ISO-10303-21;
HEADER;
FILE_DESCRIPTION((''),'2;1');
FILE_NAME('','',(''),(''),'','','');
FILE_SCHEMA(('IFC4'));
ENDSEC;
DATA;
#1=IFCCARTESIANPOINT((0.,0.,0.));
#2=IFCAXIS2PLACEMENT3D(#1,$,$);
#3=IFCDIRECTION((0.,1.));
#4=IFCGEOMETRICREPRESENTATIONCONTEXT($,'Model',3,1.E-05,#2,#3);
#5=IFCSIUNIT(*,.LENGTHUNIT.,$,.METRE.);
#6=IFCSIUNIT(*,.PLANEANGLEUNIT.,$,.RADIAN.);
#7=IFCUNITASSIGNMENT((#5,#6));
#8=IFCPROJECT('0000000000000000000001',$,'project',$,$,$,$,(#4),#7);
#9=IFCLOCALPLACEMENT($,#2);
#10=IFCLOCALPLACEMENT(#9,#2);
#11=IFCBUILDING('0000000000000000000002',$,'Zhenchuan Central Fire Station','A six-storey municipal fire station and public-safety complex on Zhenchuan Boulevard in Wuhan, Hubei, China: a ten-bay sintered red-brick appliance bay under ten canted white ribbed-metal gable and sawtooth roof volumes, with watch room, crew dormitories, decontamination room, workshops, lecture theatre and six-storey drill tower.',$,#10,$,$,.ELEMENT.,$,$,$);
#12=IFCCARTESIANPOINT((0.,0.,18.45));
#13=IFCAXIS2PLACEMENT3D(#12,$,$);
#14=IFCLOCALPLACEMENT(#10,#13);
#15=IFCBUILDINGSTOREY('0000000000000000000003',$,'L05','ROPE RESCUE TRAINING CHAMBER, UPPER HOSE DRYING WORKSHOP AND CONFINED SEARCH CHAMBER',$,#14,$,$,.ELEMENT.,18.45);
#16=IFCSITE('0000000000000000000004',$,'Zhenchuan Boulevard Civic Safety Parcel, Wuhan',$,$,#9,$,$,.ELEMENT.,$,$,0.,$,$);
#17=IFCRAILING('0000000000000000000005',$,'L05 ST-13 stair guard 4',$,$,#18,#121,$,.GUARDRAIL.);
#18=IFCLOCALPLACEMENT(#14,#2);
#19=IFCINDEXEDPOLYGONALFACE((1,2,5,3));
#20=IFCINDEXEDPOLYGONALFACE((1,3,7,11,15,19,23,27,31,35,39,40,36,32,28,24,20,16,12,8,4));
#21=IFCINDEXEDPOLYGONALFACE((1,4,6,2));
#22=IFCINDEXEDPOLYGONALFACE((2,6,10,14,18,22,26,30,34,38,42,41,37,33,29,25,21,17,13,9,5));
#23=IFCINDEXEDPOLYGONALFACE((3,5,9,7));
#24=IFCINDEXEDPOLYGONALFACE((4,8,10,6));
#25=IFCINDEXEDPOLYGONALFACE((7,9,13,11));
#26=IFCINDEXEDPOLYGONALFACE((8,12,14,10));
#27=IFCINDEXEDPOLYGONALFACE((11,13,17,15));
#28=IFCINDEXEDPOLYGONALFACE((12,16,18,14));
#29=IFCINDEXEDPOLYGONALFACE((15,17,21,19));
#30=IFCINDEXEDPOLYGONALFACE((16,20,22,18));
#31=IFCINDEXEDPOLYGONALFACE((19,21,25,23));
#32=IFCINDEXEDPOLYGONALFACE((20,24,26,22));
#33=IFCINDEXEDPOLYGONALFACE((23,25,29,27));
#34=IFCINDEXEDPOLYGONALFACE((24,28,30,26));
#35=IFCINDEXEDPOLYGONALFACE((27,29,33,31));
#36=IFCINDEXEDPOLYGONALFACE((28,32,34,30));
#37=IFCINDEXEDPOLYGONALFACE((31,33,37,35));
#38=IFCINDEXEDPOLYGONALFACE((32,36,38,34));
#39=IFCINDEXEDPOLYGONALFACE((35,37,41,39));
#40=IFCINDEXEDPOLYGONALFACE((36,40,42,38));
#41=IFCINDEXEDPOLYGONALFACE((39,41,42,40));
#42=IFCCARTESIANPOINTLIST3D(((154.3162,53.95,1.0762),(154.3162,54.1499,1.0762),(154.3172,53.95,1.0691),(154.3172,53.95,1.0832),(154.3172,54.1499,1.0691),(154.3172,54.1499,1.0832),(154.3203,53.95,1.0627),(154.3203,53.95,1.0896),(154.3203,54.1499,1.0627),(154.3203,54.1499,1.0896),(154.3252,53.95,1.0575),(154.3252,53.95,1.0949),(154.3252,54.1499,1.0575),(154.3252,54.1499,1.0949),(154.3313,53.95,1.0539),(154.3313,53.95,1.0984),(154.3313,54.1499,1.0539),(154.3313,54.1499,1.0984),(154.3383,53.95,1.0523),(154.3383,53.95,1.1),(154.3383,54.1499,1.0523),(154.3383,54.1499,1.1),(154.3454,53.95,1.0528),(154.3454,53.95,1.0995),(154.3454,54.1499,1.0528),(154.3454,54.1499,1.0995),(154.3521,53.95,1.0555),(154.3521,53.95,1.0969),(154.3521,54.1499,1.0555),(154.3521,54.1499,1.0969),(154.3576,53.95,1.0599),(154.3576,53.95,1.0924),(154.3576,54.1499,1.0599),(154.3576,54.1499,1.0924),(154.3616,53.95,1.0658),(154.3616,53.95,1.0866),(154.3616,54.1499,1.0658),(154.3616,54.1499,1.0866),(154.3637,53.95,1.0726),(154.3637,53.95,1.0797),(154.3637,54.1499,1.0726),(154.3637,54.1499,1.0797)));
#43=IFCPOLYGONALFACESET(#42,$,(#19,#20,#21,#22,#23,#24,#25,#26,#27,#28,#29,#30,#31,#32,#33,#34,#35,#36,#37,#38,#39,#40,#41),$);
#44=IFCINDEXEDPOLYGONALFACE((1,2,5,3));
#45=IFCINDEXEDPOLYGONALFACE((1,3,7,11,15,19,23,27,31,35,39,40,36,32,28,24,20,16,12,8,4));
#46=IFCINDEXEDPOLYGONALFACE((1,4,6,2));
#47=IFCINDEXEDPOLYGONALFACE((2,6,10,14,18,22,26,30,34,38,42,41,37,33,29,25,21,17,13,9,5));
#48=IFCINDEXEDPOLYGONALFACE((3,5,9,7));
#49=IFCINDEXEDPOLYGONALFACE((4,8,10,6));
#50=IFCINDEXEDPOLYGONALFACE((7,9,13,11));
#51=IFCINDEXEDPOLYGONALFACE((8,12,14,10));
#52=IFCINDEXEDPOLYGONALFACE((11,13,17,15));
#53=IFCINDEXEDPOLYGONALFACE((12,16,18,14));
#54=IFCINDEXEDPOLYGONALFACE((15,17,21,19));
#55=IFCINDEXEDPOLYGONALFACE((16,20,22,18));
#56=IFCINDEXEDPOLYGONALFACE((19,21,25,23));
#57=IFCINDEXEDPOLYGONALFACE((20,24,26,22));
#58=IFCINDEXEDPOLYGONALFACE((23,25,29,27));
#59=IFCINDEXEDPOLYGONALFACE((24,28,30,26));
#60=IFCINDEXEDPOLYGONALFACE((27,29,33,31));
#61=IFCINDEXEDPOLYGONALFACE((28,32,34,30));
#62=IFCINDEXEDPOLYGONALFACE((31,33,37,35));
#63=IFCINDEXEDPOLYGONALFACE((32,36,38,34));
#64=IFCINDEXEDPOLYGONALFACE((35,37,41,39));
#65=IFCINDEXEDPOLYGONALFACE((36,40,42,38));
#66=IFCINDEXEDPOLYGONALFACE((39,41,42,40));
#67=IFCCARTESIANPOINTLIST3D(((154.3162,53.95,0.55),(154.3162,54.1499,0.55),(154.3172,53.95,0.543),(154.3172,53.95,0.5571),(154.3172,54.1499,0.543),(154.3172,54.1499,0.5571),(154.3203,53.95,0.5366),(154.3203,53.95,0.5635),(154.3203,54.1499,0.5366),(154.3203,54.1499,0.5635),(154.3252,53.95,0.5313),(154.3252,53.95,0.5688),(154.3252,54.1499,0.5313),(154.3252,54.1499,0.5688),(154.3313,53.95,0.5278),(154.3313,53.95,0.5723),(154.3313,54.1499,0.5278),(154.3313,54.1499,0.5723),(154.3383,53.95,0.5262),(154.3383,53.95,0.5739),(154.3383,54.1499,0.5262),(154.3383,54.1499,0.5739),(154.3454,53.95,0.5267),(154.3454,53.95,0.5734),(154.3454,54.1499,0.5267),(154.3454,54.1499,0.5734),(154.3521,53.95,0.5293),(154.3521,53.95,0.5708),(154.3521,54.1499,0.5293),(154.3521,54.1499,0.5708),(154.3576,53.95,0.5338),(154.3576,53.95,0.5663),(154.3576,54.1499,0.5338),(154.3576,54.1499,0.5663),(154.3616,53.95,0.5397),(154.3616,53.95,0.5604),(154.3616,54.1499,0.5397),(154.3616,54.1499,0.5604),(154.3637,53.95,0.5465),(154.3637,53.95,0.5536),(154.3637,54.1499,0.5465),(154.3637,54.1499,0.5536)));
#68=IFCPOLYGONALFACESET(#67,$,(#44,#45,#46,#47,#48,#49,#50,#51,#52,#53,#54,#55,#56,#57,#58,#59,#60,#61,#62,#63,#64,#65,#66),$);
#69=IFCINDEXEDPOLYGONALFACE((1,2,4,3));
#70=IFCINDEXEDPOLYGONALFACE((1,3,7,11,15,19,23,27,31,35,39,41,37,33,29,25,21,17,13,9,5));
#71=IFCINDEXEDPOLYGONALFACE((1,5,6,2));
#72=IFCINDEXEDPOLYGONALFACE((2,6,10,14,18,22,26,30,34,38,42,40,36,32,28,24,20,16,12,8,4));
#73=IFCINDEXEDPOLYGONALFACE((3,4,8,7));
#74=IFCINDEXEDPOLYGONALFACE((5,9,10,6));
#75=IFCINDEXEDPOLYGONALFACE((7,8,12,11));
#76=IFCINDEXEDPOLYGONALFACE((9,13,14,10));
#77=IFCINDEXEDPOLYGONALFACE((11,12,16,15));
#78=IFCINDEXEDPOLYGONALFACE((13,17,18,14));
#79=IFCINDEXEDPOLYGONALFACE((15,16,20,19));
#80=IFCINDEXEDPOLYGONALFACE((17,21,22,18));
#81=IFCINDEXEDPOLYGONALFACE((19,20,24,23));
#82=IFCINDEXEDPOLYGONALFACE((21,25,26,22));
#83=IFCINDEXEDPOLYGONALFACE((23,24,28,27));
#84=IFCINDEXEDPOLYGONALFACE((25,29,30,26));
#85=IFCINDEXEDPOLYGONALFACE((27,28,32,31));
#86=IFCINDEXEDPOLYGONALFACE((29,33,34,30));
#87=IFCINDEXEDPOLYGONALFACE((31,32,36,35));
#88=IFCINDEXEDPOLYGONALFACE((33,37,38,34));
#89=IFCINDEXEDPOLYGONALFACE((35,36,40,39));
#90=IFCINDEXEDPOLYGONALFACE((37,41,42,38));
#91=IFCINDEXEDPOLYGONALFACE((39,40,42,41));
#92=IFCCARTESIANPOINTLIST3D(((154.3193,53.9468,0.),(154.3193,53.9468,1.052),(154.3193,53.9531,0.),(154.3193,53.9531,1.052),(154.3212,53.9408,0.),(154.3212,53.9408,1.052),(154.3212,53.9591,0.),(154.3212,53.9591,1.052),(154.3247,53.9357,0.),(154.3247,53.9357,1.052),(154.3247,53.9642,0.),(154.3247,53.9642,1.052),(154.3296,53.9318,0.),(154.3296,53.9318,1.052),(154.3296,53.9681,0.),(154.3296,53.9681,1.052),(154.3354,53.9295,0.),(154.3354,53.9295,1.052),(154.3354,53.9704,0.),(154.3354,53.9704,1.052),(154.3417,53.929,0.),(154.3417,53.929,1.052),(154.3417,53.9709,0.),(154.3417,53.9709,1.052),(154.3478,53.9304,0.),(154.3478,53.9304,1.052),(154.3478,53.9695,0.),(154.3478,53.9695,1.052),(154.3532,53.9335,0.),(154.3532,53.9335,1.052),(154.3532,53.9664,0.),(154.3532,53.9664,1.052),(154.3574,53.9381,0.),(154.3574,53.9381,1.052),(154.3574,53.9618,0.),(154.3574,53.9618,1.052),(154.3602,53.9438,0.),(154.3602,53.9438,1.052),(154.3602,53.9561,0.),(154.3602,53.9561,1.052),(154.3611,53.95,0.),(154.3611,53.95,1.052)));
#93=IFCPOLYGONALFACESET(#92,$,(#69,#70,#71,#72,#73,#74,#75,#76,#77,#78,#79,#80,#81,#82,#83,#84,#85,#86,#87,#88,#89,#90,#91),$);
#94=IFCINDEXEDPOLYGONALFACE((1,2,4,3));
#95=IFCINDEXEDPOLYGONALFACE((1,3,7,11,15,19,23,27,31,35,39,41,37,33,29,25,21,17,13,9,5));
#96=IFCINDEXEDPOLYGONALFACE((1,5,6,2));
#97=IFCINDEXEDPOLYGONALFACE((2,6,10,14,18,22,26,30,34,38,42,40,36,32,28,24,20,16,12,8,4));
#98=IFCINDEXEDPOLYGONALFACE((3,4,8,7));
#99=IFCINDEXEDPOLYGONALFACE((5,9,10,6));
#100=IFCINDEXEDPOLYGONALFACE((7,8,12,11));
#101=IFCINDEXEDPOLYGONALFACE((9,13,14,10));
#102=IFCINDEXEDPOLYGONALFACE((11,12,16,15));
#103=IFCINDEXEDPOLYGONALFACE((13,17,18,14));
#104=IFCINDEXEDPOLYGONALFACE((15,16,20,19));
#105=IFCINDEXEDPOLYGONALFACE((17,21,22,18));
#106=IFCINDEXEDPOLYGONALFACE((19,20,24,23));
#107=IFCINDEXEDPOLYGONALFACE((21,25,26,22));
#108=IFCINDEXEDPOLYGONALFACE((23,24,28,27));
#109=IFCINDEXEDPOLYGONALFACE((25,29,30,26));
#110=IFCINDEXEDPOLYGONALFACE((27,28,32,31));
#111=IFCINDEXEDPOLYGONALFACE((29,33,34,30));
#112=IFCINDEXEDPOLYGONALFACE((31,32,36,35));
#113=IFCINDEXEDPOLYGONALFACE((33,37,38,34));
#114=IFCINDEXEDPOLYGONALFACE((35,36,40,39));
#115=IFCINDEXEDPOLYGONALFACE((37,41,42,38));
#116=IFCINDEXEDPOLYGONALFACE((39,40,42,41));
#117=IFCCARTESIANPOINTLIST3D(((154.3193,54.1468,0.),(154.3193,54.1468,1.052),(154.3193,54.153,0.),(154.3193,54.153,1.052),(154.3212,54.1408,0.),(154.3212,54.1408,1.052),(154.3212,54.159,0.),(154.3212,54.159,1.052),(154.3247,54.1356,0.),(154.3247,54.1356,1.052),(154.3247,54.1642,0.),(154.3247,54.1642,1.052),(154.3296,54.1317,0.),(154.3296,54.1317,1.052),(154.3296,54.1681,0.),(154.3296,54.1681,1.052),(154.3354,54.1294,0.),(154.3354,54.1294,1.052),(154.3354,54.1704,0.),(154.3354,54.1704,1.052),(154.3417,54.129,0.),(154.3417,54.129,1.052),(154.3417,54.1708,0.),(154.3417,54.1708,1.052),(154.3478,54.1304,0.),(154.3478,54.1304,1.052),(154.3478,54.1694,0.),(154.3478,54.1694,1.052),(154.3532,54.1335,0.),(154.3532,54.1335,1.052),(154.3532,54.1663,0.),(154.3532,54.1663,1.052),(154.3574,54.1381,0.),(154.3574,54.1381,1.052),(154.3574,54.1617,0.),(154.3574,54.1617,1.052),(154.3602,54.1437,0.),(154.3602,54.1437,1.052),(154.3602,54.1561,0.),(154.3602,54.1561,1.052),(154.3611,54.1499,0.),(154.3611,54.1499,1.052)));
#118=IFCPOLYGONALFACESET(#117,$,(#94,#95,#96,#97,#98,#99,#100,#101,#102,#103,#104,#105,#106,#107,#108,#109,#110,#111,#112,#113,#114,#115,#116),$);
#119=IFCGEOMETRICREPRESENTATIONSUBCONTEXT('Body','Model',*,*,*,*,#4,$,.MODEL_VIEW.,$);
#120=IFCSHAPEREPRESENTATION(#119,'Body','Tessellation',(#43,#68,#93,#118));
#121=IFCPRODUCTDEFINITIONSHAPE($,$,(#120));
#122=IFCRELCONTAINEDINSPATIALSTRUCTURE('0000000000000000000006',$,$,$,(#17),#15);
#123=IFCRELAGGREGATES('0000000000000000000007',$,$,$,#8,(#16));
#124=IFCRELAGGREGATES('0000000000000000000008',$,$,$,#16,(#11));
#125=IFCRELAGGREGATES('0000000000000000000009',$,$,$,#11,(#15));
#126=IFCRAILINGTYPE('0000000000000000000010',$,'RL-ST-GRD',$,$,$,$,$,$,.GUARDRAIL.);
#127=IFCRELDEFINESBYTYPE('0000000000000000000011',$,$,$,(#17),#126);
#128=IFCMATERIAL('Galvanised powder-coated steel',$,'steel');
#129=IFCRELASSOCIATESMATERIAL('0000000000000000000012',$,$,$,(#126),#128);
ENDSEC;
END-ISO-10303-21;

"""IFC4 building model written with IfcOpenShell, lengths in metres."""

from ifc_helpers import new_model, si_unit, direction, frame, origin, origin_2d, place, context, subcontext, project, spatial, circle, extrude, material, type_object, element, save


model = new_model("IFC4")

# Units and contexts
model_context = context("Model", 3, precision=1e-05, world=origin(), true_north=direction((0.0, 1.0)))
body_context = subcontext(model_context, "Body", "Model", "MODEL_VIEW")
ifc_project = project(units=[si_unit("LENGTHUNIT", "METRE"), si_unit("PLANEANGLEUNIT", "RADIAN")], contexts=[model_context])

# Site, building, storey
site_placement = place(None, origin())
site = spatial("IfcSite", under=ifc_project, at=site_placement, Name="Zhenchuan Boulevard Civic Safety Parcel, Wuhan", CompositionType="ELEMENT", RefElevation=0.0)
building_placement = place(site_placement, origin())
building = spatial("IfcBuilding", under=site, at=building_placement, Name="Zhenchuan Central Fire Station", Description="A six-storey municipal fire station and public-safety complex on Zhenchuan Boulevard in Wuhan, Hubei, China: a ten-bay sintered red-brick appliance bay under ten canted white ribbed-metal gable and sawtooth roof volumes, with watch room, crew dormitories, decontamination room, workshops, lecture theatre and six-storey drill tower.", CompositionType="ELEMENT")
storey_placement = place(building_placement, frame((0.0, 0.0, 18.45)))
storey = spatial("IfcBuildingStorey", under=building, at=storey_placement, Name="L05", Description="ROPE RESCUE TRAINING CHAMBER, UPPER HOSE DRYING WORKSHOP AND CONFINED SEARCH CHAMBER", CompositionType="ELEMENT", Elevation=18.45)

# Railing
ifc_material_1 = material(Name="Galvanised powder-coated steel", Category="steel")
railing_type_1 = type_object("IfcRailingType", Name="RL-ST-GRD", PredefinedType="GUARDRAIL", material=ifc_material_1)
railing_1_placement = place(storey_placement, frame((154.3401, 53.95, 0.0)))
element("IfcRailing", 1, at=railing_1_placement, inside=storey, type_object=railing_type_1, Name="L05 ST-13 stair guard 4", PredefinedType="GUARDRAIL", context=body_context, shape_type="SweptSolid", body=[
    extrude(circle(Radius=0.0239, at=origin_2d()), frame((0.0, 0.0, 1.0762), z_axis=(0.0, 1.0, 0.0), x_axis=(-1.0, 0.0, 0.0)), (0.0, 0.0, 1.0), 0.2),
    extrude(circle(Radius=0.0239, at=origin_2d()), frame((0.0, 0.0, 0.55), z_axis=(0.0, 1.0, 0.0), x_axis=(-1.0, 0.0, 0.0)), (0.0, 0.0, 1.0), 0.2),
    extrude(circle(Radius=0.021, at=origin_2d()), origin(), (0.0, 0.0, 1.0), 1.052),
    extrude(circle(Radius=0.021, at=origin_2d()), frame((0.0, 0.2, 0.0)), (0.0, 0.0, 1.0), 1.052),
])

save(model, "model.ifc")
